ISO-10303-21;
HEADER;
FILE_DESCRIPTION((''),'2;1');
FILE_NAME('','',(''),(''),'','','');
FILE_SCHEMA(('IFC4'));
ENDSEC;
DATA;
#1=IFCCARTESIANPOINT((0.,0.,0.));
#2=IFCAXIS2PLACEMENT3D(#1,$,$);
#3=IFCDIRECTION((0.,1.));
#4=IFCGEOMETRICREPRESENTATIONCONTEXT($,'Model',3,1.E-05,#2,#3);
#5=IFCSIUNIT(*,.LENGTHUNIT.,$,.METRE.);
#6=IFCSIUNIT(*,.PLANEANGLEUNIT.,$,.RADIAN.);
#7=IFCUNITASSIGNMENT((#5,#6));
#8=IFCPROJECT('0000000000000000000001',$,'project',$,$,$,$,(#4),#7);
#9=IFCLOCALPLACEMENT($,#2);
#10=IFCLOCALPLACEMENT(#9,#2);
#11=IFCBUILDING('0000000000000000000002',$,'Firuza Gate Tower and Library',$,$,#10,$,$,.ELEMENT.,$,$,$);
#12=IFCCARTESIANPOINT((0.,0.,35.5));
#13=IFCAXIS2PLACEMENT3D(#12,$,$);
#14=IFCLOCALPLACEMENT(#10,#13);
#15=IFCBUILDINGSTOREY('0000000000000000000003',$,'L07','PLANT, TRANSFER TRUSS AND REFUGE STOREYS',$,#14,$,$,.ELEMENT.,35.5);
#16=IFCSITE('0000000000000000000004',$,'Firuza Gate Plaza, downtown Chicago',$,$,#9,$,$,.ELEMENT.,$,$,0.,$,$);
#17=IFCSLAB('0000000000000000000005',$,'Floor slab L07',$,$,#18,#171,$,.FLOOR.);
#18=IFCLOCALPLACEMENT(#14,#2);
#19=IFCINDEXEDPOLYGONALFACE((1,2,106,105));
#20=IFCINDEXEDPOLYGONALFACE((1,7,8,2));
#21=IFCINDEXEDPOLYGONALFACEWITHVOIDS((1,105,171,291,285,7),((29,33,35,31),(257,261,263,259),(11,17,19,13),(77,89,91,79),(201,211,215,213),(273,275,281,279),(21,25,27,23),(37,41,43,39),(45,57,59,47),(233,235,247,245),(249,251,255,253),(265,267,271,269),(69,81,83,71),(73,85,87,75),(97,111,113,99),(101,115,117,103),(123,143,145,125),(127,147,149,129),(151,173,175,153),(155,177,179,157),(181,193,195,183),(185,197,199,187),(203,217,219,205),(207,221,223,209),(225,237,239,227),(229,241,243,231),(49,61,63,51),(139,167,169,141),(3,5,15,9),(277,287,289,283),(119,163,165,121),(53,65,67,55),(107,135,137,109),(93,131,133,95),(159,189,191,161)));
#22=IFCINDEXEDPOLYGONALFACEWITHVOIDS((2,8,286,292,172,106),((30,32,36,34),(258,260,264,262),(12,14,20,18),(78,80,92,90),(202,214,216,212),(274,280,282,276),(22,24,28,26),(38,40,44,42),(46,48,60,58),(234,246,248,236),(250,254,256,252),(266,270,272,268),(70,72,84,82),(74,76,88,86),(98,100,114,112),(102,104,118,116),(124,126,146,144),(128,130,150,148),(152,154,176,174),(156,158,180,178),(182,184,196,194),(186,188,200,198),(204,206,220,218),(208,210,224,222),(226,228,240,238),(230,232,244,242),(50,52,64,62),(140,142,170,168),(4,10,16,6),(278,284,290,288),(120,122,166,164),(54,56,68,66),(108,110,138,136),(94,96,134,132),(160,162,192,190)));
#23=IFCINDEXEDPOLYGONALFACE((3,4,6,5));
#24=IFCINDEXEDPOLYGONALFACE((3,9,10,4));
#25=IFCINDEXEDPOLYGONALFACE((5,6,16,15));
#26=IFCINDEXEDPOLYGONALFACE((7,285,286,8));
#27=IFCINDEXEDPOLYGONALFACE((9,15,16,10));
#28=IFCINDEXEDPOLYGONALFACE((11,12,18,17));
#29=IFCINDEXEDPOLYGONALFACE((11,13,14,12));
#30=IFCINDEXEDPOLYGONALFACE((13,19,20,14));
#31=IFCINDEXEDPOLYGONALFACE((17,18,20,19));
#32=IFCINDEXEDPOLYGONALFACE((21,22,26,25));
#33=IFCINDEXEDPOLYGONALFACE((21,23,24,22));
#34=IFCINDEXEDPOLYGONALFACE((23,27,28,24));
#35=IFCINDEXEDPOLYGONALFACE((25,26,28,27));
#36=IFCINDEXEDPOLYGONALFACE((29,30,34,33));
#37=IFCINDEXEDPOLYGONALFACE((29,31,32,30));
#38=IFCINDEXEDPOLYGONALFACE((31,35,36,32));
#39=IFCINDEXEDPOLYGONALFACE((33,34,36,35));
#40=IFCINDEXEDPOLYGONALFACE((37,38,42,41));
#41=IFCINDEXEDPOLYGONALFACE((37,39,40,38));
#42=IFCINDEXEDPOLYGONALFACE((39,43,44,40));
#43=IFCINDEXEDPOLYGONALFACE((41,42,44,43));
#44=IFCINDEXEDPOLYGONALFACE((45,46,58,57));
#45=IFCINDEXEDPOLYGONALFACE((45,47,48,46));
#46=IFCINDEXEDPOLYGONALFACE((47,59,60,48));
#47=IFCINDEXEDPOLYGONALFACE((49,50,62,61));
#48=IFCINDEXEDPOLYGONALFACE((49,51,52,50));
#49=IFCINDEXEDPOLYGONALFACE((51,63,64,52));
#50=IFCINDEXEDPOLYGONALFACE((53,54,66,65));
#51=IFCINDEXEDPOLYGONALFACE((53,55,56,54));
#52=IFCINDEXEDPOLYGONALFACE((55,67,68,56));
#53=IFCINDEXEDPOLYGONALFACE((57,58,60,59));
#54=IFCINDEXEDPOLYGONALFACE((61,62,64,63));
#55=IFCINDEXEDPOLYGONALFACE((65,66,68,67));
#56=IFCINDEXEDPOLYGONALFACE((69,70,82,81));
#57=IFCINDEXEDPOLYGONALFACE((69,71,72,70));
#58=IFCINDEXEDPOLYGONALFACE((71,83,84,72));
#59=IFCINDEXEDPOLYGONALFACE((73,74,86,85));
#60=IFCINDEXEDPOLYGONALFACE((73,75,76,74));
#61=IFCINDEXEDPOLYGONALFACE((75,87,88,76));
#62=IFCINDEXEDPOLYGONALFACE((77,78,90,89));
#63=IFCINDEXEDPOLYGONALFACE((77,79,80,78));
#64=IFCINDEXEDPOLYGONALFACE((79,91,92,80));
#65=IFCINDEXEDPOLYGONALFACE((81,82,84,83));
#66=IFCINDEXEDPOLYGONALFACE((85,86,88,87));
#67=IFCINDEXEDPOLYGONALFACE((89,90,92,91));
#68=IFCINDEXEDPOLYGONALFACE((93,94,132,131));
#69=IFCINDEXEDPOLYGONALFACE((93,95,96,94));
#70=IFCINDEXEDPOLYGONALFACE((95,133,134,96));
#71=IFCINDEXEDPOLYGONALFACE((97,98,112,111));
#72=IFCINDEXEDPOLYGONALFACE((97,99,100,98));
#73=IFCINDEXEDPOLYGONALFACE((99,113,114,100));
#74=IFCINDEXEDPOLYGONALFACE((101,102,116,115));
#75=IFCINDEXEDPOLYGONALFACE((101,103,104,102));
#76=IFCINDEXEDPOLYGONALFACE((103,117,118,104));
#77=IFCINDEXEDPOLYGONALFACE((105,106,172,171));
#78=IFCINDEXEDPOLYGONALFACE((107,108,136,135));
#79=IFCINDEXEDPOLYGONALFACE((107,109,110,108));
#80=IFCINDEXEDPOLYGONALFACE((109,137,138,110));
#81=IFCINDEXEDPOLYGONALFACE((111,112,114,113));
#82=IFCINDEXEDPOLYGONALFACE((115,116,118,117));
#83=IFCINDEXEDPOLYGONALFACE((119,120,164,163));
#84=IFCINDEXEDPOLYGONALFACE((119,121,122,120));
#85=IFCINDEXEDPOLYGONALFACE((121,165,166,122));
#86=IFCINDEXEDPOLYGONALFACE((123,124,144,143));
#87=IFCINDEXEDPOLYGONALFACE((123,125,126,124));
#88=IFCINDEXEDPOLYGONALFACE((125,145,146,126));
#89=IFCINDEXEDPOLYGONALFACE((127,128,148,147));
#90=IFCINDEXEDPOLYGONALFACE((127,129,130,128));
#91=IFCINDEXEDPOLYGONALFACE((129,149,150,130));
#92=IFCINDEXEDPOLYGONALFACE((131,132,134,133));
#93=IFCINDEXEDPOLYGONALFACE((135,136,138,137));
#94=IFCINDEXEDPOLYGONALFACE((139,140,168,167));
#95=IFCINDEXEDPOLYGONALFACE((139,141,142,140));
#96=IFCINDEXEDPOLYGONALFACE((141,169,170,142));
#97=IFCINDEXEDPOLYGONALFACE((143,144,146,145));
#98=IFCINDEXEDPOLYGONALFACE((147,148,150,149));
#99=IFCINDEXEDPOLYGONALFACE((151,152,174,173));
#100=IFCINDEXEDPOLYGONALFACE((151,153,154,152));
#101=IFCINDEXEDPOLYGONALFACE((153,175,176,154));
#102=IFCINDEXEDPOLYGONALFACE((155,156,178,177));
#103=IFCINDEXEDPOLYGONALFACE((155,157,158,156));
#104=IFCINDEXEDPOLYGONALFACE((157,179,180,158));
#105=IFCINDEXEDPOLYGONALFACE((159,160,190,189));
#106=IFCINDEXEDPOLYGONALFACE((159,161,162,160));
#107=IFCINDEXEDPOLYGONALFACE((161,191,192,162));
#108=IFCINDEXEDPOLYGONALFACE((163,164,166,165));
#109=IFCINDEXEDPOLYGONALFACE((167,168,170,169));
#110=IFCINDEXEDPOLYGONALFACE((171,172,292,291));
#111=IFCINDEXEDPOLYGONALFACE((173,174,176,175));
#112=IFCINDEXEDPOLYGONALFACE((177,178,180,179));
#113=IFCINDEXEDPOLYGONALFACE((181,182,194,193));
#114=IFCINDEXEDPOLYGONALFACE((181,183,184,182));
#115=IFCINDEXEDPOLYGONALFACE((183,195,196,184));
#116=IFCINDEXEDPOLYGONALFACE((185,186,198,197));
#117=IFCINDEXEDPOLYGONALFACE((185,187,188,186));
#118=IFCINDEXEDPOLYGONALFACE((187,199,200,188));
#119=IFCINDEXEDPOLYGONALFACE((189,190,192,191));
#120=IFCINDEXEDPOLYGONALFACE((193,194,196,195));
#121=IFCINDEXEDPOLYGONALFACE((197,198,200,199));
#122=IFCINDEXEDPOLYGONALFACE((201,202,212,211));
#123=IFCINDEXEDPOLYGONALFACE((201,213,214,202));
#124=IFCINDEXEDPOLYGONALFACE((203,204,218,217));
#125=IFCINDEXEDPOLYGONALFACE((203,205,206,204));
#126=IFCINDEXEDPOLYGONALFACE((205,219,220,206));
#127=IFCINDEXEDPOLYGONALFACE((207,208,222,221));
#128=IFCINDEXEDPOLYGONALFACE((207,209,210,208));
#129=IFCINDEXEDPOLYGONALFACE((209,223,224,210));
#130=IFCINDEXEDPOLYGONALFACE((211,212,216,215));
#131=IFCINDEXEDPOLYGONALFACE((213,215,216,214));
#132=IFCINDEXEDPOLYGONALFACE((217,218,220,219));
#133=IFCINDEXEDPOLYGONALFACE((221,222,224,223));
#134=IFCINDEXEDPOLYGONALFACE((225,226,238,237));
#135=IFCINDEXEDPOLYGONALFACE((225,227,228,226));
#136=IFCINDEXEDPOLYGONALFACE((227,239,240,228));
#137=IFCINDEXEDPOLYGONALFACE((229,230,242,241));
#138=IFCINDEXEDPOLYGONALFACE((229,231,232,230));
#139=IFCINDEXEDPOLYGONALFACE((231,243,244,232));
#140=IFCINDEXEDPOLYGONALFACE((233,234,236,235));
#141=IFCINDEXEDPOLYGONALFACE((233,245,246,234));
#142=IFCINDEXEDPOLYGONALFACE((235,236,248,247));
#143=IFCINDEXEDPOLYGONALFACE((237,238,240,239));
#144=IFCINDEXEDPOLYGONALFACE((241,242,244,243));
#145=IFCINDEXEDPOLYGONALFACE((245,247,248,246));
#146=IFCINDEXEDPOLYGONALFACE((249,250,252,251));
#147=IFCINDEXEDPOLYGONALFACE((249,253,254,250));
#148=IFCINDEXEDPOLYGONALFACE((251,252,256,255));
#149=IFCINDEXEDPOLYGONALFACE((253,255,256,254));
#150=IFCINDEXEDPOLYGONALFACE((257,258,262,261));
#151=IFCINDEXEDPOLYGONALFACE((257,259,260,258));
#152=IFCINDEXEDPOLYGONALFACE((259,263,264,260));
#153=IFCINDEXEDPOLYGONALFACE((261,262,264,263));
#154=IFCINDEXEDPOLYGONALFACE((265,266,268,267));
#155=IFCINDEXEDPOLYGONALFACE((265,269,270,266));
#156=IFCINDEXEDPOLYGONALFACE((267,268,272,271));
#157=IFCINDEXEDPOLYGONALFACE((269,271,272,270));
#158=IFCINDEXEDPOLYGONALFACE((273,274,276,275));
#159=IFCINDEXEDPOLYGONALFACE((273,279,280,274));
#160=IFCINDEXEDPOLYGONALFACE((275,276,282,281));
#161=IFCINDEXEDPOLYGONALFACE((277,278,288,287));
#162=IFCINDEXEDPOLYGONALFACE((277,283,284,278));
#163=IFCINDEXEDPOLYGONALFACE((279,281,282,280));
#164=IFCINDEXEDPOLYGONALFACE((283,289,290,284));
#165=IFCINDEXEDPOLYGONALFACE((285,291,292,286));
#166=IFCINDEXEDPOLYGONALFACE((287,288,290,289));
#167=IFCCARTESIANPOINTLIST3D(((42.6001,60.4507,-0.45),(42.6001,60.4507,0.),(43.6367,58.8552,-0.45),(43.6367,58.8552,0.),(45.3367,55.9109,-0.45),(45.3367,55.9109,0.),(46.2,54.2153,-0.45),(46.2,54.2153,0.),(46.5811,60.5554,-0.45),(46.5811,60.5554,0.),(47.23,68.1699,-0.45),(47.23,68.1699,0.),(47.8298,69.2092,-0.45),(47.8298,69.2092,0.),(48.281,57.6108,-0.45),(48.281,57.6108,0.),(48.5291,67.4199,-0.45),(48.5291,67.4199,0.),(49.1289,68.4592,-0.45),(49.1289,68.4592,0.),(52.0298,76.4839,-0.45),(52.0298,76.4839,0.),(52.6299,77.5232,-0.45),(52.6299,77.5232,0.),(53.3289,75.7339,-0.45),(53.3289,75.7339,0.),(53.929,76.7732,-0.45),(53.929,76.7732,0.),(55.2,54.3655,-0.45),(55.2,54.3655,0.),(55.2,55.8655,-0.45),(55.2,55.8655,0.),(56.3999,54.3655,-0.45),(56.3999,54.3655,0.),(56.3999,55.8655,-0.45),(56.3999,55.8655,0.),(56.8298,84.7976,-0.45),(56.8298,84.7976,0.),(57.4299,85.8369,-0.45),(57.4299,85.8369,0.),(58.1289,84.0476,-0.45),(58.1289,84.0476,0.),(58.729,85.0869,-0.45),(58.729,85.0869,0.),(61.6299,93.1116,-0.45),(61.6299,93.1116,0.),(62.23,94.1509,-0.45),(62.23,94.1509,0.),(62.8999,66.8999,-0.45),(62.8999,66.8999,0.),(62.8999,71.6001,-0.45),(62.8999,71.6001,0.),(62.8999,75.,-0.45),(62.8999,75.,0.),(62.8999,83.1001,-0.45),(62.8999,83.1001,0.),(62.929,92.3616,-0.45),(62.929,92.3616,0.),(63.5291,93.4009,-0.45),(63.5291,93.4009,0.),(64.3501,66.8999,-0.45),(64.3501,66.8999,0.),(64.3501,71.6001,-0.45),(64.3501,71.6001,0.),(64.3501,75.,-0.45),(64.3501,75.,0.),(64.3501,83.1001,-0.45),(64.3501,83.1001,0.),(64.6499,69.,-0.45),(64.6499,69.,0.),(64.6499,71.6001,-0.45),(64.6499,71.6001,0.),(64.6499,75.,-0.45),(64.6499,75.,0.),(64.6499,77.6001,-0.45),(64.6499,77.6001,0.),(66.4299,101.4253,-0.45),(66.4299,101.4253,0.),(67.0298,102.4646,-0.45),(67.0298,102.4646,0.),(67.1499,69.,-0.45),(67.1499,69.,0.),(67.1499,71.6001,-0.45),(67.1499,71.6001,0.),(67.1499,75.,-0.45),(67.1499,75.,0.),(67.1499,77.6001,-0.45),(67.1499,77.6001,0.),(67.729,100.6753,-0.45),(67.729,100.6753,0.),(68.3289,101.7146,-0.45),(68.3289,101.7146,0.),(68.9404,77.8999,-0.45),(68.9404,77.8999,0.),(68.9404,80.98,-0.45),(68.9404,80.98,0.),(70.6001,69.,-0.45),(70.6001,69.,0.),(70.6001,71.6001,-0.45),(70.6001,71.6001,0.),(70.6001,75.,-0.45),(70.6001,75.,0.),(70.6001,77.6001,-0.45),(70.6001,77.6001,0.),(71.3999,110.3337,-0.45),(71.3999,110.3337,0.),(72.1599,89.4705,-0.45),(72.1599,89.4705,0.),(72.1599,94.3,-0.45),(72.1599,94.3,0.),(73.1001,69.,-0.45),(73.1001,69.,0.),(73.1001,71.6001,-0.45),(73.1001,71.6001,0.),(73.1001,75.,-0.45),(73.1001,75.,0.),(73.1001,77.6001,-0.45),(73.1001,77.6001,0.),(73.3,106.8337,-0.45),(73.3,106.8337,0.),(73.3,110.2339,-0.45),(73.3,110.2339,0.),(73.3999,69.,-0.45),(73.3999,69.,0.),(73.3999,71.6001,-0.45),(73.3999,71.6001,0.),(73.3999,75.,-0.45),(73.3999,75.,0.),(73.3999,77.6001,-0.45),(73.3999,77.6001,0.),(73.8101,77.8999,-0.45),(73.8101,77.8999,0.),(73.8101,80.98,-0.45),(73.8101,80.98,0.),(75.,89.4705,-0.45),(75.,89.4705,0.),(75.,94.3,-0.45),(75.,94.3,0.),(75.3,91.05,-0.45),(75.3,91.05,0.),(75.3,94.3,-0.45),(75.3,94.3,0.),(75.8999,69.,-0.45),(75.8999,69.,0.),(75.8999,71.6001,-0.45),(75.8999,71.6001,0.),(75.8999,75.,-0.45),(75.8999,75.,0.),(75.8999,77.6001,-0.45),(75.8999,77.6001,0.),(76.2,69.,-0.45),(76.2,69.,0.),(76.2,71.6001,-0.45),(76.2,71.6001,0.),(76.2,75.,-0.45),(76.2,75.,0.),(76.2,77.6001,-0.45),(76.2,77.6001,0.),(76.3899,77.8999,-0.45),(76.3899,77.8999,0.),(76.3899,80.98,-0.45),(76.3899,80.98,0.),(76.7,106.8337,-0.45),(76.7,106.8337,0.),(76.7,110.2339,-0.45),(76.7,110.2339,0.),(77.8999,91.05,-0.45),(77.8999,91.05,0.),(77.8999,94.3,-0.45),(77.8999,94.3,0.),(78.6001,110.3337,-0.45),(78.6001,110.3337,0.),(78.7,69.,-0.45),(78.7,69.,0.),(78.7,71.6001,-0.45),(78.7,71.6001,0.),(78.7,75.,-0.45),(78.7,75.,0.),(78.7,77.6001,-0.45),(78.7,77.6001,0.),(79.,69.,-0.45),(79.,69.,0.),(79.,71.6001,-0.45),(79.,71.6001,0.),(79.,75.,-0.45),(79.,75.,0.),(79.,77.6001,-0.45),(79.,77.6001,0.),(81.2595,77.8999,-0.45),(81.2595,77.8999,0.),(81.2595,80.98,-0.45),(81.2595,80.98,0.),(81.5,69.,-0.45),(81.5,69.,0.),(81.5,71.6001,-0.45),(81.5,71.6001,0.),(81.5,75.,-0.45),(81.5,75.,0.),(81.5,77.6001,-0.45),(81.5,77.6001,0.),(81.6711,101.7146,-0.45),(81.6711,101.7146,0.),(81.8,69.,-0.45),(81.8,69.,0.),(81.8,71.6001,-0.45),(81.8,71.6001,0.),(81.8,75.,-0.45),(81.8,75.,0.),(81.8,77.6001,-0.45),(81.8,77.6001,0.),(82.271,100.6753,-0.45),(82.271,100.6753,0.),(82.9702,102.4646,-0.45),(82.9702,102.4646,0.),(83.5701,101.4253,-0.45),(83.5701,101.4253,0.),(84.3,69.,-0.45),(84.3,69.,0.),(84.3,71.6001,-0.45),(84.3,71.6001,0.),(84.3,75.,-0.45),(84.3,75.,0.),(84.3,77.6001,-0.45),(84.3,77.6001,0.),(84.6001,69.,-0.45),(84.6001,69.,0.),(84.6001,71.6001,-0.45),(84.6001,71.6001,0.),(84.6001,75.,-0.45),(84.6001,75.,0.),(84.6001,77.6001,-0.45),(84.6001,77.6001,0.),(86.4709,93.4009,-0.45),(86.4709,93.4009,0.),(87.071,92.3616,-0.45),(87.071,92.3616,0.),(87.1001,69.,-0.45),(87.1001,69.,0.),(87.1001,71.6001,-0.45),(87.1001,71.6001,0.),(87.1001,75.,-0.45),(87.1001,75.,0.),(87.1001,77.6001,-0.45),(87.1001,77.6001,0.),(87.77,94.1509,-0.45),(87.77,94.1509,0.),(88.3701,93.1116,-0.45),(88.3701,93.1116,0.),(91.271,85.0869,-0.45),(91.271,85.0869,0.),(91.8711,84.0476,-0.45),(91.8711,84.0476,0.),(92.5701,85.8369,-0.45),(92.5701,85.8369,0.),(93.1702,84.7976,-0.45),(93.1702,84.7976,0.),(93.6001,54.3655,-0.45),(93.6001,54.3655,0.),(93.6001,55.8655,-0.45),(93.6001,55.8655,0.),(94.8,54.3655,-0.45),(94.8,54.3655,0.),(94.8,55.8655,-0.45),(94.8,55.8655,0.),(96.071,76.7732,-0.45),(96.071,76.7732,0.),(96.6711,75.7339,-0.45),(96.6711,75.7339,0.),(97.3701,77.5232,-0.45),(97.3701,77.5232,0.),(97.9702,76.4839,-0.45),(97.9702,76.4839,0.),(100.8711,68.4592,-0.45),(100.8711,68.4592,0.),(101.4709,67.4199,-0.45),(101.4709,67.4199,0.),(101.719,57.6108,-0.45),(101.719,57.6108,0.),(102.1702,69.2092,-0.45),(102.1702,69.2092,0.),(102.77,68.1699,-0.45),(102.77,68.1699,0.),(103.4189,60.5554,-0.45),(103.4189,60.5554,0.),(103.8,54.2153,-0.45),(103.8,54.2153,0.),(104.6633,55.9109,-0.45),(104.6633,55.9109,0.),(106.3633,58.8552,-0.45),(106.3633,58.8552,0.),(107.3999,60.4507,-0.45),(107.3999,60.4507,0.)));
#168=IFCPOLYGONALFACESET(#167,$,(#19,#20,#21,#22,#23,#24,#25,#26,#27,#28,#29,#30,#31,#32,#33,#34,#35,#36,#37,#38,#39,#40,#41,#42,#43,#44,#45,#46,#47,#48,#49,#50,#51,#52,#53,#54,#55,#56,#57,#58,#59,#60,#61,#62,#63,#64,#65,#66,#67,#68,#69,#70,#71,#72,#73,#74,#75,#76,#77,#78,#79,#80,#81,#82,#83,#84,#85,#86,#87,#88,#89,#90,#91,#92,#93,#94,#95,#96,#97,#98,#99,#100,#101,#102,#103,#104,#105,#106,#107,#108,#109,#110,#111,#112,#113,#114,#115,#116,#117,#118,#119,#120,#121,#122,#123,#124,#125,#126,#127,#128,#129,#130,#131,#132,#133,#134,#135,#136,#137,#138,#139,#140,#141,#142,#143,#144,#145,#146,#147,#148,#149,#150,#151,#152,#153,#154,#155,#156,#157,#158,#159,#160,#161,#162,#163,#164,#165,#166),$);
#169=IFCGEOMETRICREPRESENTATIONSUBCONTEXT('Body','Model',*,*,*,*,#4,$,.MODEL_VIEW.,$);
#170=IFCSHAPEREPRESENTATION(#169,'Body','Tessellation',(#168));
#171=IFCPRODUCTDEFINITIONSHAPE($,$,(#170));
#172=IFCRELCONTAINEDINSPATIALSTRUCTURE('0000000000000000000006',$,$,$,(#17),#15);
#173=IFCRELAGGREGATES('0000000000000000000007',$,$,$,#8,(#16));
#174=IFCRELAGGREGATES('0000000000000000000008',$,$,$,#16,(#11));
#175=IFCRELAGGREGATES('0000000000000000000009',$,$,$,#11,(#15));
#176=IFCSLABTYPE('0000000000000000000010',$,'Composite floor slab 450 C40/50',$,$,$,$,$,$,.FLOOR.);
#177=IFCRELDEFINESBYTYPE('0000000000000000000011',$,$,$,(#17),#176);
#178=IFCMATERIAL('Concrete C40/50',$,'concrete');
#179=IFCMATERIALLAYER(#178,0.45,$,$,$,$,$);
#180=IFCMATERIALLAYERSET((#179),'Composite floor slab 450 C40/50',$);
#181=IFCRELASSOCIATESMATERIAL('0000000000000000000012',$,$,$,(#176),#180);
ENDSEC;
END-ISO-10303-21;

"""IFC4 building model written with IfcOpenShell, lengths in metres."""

from ifc_helpers import new_model, si_unit, direction, frame, origin, place, context, subcontext, project, spatial, polyline, outline, extrude, material, layer, layer_set, type_object, element, save


model = new_model("IFC4")

# Units and contexts
model_context = context("Model", 3, precision=1e-05, world=origin(), true_north=direction((0.0, 1.0)))
body_context = subcontext(model_context, "Body", "Model", "MODEL_VIEW")
ifc_project = project(units=[si_unit("LENGTHUNIT", "METRE"), si_unit("PLANEANGLEUNIT", "RADIAN")], contexts=[model_context])

# Site, building, storey
site_placement = place(None, origin())
site = spatial("IfcSite", under=ifc_project, at=site_placement, Name="Firuza Gate Plaza, downtown Chicago", CompositionType="ELEMENT", RefElevation=0.0)
building_placement = place(site_placement, origin())
building = spatial("IfcBuilding", under=site, at=building_placement, Name="Firuza Gate Tower and Library", CompositionType="ELEMENT")
storey_placement = place(building_placement, frame((0.0, 0.0, 35.5)))
storey = spatial("IfcBuildingStorey", under=building, at=storey_placement, Name="L07", Description="PLANT, TRANSFER TRUSS AND REFUGE STOREYS", CompositionType="ELEMENT", Elevation=35.5)

# Slab
ifc_material_1 = material(Name="Concrete C40/50", Category="concrete")
ifc_layer_1 = layer(ifc_material_1, 0.45)
ifc_layer_set_1 = layer_set([ifc_layer_1], Name="Composite floor slab 450 C40/50")
slab_type_1 = type_object("IfcSlabType", Name="Composite floor slab 450 C40/50", PredefinedType="FLOOR", material=ifc_layer_set_1)
slab_1_placement = place(storey_placement, frame((0.0, 0.0, -0.45)))
element("IfcSlab", 1, at=slab_1_placement, inside=storey, type_object=slab_type_1, Name="Floor slab L07", PredefinedType="FLOOR", context=body_context, shape_type="SweptSolid", body=[
    extrude(outline(polyline([(42.6001, 60.4507), (46.2, 54.2153), (103.8, 54.2153), (107.3999, 60.4507), (78.6001, 110.3337), (71.3999, 110.3337), (42.6001, 60.4507)]), holes=[polyline([(55.2, 54.3655), (55.2, 55.8655), (56.3999, 55.8655), (56.3999, 54.3655), (55.2, 54.3655)]), polyline([(43.6367, 58.8552), (46.5811, 60.5554), (48.281, 57.6108), (45.3367, 55.9109), (43.6367, 58.8552)]), polyline([(47.8298, 69.2092), (49.1289, 68.4592), (48.5291, 67.4199), (47.23, 68.1699), (47.8298, 69.2092)]), polyline([(64.3501, 66.8999), (62.8999, 66.8999), (62.8999, 71.6001), (64.3501, 71.6001), (64.3501, 66.8999)]), polyline([(75.8999, 69.0), (73.3999, 69.0), (73.3999, 71.6001), (75.8999, 71.6001), (75.8999, 69.0)]), polyline([(73.1001, 69.0), (70.6001, 69.0), (70.6001, 71.6001), (73.1001, 71.6001), (73.1001, 69.0)]), polyline([(67.1499, 69.0), (64.6499, 69.0), (64.6499, 71.6001), (67.1499, 71.6001), (67.1499, 69.0)]), polyline([(67.1499, 75.0), (64.6499, 75.0), (64.6499, 77.6001), (67.1499, 77.6001), (67.1499, 75.0)]), polyline([(75.8999, 75.0), (73.3999, 75.0), (73.3999, 77.6001), (75.8999, 77.6001), (75.8999, 75.0)]), polyline([(73.1001, 75.0), (70.6001, 75.0), (70.6001, 77.6001), (73.1001, 77.6001), (73.1001, 75.0)]), polyline([(52.6299, 77.5232), (53.929, 76.7732), (53.3289, 75.7339), (52.0298, 76.4839), (52.6299, 77.5232)]), polyline([(64.3501, 75.0), (62.8999, 75.0), (62.8999, 83.1001), (64.3501, 83.1001), (64.3501, 75.0)]), polyline([(73.8101, 77.8999), (68.9404, 77.8999), (68.9404, 80.98), (73.8101, 80.98), (73.8101, 77.8999)]), polyline([(57.4299, 85.8369), (58.729, 85.0869), (58.1289, 84.0476), (56.8298, 84.7976), (57.4299, 85.8369)]), polyline([(72.1599, 89.4705), (72.1599, 94.3), (75.0, 94.3), (75.0, 89.4705), (72.1599, 89.4705)]), polyline([(63.5291, 93.4009), (62.929, 92.3616), (61.6299, 93.1116), (62.23, 94.1509), (63.5291, 93.4009)]), polyline([(68.3289, 101.7146), (67.729, 100.6753), (66.4299, 101.4253), (67.0298, 102.4646), (68.3289, 101.7146)]), polyline([(76.7, 110.2339), (76.7, 106.8337), (73.3, 106.8337), (73.3, 110.2339), (76.7, 110.2339)]), polyline([(93.6001, 54.3655), (93.6001, 55.8655), (94.8, 55.8655), (94.8, 54.3655), (93.6001, 54.3655)]), polyline([(104.6633, 55.9109), (101.719, 57.6108), (103.4189, 60.5554), (106.3633, 58.8552), (104.6633, 55.9109)]), polyline([(102.77, 68.1699), (101.4709, 67.4199), (100.8711, 68.4592), (102.1702, 69.2092), (102.77, 68.1699)]), polyline([(78.7, 69.0), (76.2, 69.0), (76.2, 71.6001), (78.7, 71.6001), (78.7, 69.0)]), polyline([(87.1001, 69.0), (84.6001, 69.0), (84.6001, 71.6001), (87.1001, 71.6001), (87.1001, 69.0)]), polyline([(84.3, 69.0), (81.8, 69.0), (81.8, 71.6001), (84.3, 71.6001), (84.3, 69.0)]), polyline([(79.0, 69.0), (79.0, 71.6001), (81.5, 71.6001), (81.5, 69.0), (79.0, 69.0)]), polyline([(81.8, 75.0), (81.8, 77.6001), (84.3, 77.6001), (84.3, 75.0), (81.8, 75.0)]), polyline([(81.5, 75.0), (79.0, 75.0), (79.0, 77.6001), (81.5, 77.6001), (81.5, 75.0)]), polyline([(87.1001, 75.0), (84.6001, 75.0), (84.6001, 77.6001), (87.1001, 77.6001), (87.1001, 75.0)]), polyline([(78.7, 75.0), (76.2, 75.0), (76.2, 77.6001), (78.7, 77.6001), (78.7, 75.0)]), polyline([(97.9702, 76.4839), (96.6711, 75.7339), (96.071, 76.7732), (97.3701, 77.5232), (97.9702, 76.4839)]), polyline([(81.2595, 77.8999), (76.3899, 77.8999), (76.3899, 80.98), (81.2595, 80.98), (81.2595, 77.8999)]), polyline([(93.1702, 84.7976), (91.8711, 84.0476), (91.271, 85.0869), (92.5701, 85.8369), (93.1702, 84.7976)]), polyline([(77.8999, 91.05), (75.3, 91.05), (75.3, 94.3), (77.8999, 94.3), (77.8999, 91.05)]), polyline([(87.071, 92.3616), (86.4709, 93.4009), (87.77, 94.1509), (88.3701, 93.1116), (87.071, 92.3616)]), polyline([(82.271, 100.6753), (81.6711, 101.7146), (82.9702, 102.4646), (83.5701, 101.4253), (82.271, 100.6753)])]), origin(), (0.0, 0.0, 1.0), 0.45),
])

save(model, "model.ifc")
